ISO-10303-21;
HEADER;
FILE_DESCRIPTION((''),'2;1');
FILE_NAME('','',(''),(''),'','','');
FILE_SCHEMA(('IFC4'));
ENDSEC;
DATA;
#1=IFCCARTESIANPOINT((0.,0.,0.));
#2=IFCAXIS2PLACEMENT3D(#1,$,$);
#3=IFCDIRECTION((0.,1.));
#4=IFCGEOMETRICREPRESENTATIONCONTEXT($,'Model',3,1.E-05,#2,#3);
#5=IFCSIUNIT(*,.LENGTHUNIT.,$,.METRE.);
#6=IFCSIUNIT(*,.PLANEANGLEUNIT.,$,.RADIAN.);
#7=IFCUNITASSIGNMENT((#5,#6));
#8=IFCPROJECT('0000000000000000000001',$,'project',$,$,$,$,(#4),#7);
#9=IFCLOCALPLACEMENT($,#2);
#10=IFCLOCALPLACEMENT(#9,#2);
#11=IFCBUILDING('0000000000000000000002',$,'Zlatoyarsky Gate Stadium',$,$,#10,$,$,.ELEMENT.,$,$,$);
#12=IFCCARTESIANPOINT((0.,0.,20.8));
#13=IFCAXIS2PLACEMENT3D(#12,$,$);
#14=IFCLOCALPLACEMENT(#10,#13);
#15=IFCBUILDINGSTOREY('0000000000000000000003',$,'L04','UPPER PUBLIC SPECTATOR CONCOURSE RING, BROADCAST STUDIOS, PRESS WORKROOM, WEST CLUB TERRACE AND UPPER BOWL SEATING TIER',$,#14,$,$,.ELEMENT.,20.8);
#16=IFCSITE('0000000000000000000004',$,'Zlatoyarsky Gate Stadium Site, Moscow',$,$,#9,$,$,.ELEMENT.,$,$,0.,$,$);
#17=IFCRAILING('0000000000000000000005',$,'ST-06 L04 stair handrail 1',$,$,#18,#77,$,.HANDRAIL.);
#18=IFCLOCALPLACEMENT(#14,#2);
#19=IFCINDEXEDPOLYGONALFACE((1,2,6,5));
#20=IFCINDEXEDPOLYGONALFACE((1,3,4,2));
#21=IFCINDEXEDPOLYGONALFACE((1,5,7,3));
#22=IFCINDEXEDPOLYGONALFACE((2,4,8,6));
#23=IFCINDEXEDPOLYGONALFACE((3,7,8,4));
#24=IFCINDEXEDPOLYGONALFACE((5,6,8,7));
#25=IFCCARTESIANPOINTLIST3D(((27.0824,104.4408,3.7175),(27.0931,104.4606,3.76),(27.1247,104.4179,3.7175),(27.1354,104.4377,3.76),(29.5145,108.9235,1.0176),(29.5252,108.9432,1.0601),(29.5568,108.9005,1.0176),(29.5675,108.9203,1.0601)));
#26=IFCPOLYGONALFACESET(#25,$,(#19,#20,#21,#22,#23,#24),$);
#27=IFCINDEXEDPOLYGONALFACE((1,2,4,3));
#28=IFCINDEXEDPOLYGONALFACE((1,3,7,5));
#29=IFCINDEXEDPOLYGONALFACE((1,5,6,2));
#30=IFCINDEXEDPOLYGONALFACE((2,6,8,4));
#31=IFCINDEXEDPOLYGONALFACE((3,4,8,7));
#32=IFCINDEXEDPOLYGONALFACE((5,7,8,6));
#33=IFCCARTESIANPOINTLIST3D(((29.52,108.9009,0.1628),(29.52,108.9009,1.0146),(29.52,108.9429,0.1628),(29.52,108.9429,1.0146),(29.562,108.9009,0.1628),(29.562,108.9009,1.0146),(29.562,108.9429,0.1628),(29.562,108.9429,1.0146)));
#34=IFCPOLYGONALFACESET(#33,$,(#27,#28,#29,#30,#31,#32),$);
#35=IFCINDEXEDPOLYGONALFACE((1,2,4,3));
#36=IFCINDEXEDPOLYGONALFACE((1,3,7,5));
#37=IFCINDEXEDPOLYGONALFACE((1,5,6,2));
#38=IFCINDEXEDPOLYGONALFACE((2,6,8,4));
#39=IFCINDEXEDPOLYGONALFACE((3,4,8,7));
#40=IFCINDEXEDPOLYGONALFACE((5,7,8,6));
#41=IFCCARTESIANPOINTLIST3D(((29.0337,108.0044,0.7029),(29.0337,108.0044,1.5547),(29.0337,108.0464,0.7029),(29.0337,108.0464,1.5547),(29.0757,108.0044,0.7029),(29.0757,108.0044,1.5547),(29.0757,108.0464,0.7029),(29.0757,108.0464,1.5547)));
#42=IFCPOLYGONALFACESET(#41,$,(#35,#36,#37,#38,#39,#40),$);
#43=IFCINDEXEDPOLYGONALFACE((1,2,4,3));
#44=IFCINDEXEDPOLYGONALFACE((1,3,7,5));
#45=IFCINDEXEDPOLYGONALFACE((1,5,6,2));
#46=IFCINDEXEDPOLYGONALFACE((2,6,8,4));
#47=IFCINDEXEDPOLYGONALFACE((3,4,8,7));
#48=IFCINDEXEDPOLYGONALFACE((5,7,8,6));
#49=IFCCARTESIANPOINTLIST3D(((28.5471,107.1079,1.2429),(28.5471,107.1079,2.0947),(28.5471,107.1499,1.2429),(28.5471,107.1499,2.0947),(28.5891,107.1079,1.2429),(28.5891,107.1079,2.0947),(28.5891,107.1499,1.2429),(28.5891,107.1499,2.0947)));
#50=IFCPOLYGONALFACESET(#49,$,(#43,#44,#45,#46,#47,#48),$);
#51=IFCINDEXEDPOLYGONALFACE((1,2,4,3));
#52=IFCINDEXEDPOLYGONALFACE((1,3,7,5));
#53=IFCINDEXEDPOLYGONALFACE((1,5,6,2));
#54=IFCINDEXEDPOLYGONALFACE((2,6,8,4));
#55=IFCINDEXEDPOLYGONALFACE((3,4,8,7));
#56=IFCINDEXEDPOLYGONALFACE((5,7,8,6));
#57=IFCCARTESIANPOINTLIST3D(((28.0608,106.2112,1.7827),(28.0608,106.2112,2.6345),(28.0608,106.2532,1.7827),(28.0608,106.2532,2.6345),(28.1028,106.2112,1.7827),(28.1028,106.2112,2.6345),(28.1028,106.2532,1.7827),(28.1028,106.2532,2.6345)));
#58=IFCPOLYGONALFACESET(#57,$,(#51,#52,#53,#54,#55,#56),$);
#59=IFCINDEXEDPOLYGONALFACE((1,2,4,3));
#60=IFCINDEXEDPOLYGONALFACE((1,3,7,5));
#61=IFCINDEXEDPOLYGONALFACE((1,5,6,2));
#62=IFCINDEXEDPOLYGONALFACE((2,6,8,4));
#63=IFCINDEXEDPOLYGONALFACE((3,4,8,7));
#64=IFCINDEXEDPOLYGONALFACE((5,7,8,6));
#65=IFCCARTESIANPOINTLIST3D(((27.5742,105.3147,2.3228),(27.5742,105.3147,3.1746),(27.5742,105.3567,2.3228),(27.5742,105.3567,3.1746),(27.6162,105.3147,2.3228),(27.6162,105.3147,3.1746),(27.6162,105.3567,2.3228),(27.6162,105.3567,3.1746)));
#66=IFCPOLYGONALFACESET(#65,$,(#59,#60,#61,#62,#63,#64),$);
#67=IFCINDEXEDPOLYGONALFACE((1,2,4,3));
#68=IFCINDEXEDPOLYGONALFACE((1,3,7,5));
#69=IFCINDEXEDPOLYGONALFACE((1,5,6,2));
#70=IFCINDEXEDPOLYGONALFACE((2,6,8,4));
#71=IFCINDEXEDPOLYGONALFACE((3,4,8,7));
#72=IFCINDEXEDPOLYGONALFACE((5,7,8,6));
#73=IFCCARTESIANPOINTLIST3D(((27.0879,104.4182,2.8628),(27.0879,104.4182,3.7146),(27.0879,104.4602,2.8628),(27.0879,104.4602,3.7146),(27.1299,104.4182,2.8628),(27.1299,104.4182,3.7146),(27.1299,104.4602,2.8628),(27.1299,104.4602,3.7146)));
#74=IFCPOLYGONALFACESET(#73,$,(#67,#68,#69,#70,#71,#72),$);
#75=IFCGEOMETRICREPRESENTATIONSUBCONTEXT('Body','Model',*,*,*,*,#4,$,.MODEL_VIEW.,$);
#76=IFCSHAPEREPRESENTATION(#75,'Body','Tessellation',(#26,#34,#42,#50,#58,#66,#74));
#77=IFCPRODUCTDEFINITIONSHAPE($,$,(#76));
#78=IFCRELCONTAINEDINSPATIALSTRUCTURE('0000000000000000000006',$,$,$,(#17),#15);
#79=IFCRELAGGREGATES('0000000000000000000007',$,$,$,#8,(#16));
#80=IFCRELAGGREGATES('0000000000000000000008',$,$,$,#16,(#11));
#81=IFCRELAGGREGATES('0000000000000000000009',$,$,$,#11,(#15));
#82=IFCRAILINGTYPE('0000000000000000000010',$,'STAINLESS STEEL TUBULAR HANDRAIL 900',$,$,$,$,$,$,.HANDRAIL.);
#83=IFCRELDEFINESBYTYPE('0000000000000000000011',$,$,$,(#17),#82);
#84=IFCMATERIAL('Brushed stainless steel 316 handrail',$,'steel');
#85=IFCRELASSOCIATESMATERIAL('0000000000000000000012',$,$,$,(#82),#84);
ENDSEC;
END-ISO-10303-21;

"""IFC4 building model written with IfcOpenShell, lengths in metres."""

from ifc_helpers import new_model, si_unit, direction, frame, origin, origin_2d, place, context, subcontext, project, spatial, rectangle, extrude, material, type_object, element, save


model = new_model("IFC4")

# Units and contexts
model_context = context("Model", 3, precision=1e-05, world=origin(), true_north=direction((0.0, 1.0)))
body_context = subcontext(model_context, "Body", "Model", "MODEL_VIEW")
ifc_project = project(units=[si_unit("LENGTHUNIT", "METRE"), si_unit("PLANEANGLEUNIT", "RADIAN")], contexts=[model_context])

# Site, building, storey
site_placement = place(None, origin())
site = spatial("IfcSite", under=ifc_project, at=site_placement, Name="Zlatoyarsky Gate Stadium Site, Moscow", CompositionType="ELEMENT", RefElevation=0.0)
building_placement = place(site_placement, origin())
building = spatial("IfcBuilding", under=site, at=building_placement, Name="Zlatoyarsky Gate Stadium", CompositionType="ELEMENT")
storey_placement = place(building_placement, frame((0.0, 0.0, 20.8)))
storey = spatial("IfcBuildingStorey", under=building, at=storey_placement, Name="L04", Description="UPPER PUBLIC SPECTATOR CONCOURSE RING, BROADCAST STUDIOS, PRESS WORKROOM, WEST CLUB TERRACE AND UPPER BOWL SEATING TIER", CompositionType="ELEMENT", Elevation=20.8)

# Railing
ifc_material_1 = material(Name="Brushed stainless steel 316 handrail", Category="steel")
railing_type_1 = type_object("IfcRailingType", Name="STAINLESS STEEL TUBULAR HANDRAIL 900", PredefinedType="HANDRAIL", material=ifc_material_1)
railing_1_placement = place(storey_placement, frame((29.541, 108.9219, 0.1628)))
element("IfcRailing", 1, at=railing_1_placement, inside=storey, type_object=railing_type_1, Name="ST-06 L04 stair handrail 1", PredefinedType="HANDRAIL", context=body_context, shape_type="SweptSolid", body=[
    extrude(rectangle(XDim=0.0481, YDim=0.0481, at=origin_2d()), frame((0.0, 0.0, 0.876), z_axis=(-0.421472, -0.776817, 0.467884), x_axis=(0.878962, -0.476892, 0.0)), (0.0, 0.0, 1.0), 5.7705),
    extrude(rectangle(XDim=0.042, YDim=0.042, at=origin_2d()), origin(), (0.0, 0.0, 1.0), 0.8518),
    extrude(rectangle(XDim=0.042, YDim=0.042, at=origin_2d()), frame((-0.4863, -0.8965, 0.54)), (0.0, 0.0, 1.0), 0.8518),
    extrude(rectangle(XDim=0.042, YDim=0.042, at=origin_2d()), frame((-0.9729, -1.793, 1.0801)), (0.0, 0.0, 1.0), 0.8518),
    extrude(rectangle(XDim=0.042, YDim=0.042, at=origin_2d()), frame((-1.4592, -2.6897, 1.6199)), (0.0, 0.0, 1.0), 0.8518),
    extrude(rectangle(XDim=0.042, YDim=0.042, at=origin_2d()), frame((-1.9458, -3.5862, 2.1599)), (0.0, 0.0, 1.0), 0.8518),
    extrude(rectangle(XDim=0.042, YDim=0.042, at=origin_2d()), frame((-2.4321, -4.4827, 2.7)), (0.0, 0.0, 1.0), 0.8518),
])

save(model, "model.ifc")
